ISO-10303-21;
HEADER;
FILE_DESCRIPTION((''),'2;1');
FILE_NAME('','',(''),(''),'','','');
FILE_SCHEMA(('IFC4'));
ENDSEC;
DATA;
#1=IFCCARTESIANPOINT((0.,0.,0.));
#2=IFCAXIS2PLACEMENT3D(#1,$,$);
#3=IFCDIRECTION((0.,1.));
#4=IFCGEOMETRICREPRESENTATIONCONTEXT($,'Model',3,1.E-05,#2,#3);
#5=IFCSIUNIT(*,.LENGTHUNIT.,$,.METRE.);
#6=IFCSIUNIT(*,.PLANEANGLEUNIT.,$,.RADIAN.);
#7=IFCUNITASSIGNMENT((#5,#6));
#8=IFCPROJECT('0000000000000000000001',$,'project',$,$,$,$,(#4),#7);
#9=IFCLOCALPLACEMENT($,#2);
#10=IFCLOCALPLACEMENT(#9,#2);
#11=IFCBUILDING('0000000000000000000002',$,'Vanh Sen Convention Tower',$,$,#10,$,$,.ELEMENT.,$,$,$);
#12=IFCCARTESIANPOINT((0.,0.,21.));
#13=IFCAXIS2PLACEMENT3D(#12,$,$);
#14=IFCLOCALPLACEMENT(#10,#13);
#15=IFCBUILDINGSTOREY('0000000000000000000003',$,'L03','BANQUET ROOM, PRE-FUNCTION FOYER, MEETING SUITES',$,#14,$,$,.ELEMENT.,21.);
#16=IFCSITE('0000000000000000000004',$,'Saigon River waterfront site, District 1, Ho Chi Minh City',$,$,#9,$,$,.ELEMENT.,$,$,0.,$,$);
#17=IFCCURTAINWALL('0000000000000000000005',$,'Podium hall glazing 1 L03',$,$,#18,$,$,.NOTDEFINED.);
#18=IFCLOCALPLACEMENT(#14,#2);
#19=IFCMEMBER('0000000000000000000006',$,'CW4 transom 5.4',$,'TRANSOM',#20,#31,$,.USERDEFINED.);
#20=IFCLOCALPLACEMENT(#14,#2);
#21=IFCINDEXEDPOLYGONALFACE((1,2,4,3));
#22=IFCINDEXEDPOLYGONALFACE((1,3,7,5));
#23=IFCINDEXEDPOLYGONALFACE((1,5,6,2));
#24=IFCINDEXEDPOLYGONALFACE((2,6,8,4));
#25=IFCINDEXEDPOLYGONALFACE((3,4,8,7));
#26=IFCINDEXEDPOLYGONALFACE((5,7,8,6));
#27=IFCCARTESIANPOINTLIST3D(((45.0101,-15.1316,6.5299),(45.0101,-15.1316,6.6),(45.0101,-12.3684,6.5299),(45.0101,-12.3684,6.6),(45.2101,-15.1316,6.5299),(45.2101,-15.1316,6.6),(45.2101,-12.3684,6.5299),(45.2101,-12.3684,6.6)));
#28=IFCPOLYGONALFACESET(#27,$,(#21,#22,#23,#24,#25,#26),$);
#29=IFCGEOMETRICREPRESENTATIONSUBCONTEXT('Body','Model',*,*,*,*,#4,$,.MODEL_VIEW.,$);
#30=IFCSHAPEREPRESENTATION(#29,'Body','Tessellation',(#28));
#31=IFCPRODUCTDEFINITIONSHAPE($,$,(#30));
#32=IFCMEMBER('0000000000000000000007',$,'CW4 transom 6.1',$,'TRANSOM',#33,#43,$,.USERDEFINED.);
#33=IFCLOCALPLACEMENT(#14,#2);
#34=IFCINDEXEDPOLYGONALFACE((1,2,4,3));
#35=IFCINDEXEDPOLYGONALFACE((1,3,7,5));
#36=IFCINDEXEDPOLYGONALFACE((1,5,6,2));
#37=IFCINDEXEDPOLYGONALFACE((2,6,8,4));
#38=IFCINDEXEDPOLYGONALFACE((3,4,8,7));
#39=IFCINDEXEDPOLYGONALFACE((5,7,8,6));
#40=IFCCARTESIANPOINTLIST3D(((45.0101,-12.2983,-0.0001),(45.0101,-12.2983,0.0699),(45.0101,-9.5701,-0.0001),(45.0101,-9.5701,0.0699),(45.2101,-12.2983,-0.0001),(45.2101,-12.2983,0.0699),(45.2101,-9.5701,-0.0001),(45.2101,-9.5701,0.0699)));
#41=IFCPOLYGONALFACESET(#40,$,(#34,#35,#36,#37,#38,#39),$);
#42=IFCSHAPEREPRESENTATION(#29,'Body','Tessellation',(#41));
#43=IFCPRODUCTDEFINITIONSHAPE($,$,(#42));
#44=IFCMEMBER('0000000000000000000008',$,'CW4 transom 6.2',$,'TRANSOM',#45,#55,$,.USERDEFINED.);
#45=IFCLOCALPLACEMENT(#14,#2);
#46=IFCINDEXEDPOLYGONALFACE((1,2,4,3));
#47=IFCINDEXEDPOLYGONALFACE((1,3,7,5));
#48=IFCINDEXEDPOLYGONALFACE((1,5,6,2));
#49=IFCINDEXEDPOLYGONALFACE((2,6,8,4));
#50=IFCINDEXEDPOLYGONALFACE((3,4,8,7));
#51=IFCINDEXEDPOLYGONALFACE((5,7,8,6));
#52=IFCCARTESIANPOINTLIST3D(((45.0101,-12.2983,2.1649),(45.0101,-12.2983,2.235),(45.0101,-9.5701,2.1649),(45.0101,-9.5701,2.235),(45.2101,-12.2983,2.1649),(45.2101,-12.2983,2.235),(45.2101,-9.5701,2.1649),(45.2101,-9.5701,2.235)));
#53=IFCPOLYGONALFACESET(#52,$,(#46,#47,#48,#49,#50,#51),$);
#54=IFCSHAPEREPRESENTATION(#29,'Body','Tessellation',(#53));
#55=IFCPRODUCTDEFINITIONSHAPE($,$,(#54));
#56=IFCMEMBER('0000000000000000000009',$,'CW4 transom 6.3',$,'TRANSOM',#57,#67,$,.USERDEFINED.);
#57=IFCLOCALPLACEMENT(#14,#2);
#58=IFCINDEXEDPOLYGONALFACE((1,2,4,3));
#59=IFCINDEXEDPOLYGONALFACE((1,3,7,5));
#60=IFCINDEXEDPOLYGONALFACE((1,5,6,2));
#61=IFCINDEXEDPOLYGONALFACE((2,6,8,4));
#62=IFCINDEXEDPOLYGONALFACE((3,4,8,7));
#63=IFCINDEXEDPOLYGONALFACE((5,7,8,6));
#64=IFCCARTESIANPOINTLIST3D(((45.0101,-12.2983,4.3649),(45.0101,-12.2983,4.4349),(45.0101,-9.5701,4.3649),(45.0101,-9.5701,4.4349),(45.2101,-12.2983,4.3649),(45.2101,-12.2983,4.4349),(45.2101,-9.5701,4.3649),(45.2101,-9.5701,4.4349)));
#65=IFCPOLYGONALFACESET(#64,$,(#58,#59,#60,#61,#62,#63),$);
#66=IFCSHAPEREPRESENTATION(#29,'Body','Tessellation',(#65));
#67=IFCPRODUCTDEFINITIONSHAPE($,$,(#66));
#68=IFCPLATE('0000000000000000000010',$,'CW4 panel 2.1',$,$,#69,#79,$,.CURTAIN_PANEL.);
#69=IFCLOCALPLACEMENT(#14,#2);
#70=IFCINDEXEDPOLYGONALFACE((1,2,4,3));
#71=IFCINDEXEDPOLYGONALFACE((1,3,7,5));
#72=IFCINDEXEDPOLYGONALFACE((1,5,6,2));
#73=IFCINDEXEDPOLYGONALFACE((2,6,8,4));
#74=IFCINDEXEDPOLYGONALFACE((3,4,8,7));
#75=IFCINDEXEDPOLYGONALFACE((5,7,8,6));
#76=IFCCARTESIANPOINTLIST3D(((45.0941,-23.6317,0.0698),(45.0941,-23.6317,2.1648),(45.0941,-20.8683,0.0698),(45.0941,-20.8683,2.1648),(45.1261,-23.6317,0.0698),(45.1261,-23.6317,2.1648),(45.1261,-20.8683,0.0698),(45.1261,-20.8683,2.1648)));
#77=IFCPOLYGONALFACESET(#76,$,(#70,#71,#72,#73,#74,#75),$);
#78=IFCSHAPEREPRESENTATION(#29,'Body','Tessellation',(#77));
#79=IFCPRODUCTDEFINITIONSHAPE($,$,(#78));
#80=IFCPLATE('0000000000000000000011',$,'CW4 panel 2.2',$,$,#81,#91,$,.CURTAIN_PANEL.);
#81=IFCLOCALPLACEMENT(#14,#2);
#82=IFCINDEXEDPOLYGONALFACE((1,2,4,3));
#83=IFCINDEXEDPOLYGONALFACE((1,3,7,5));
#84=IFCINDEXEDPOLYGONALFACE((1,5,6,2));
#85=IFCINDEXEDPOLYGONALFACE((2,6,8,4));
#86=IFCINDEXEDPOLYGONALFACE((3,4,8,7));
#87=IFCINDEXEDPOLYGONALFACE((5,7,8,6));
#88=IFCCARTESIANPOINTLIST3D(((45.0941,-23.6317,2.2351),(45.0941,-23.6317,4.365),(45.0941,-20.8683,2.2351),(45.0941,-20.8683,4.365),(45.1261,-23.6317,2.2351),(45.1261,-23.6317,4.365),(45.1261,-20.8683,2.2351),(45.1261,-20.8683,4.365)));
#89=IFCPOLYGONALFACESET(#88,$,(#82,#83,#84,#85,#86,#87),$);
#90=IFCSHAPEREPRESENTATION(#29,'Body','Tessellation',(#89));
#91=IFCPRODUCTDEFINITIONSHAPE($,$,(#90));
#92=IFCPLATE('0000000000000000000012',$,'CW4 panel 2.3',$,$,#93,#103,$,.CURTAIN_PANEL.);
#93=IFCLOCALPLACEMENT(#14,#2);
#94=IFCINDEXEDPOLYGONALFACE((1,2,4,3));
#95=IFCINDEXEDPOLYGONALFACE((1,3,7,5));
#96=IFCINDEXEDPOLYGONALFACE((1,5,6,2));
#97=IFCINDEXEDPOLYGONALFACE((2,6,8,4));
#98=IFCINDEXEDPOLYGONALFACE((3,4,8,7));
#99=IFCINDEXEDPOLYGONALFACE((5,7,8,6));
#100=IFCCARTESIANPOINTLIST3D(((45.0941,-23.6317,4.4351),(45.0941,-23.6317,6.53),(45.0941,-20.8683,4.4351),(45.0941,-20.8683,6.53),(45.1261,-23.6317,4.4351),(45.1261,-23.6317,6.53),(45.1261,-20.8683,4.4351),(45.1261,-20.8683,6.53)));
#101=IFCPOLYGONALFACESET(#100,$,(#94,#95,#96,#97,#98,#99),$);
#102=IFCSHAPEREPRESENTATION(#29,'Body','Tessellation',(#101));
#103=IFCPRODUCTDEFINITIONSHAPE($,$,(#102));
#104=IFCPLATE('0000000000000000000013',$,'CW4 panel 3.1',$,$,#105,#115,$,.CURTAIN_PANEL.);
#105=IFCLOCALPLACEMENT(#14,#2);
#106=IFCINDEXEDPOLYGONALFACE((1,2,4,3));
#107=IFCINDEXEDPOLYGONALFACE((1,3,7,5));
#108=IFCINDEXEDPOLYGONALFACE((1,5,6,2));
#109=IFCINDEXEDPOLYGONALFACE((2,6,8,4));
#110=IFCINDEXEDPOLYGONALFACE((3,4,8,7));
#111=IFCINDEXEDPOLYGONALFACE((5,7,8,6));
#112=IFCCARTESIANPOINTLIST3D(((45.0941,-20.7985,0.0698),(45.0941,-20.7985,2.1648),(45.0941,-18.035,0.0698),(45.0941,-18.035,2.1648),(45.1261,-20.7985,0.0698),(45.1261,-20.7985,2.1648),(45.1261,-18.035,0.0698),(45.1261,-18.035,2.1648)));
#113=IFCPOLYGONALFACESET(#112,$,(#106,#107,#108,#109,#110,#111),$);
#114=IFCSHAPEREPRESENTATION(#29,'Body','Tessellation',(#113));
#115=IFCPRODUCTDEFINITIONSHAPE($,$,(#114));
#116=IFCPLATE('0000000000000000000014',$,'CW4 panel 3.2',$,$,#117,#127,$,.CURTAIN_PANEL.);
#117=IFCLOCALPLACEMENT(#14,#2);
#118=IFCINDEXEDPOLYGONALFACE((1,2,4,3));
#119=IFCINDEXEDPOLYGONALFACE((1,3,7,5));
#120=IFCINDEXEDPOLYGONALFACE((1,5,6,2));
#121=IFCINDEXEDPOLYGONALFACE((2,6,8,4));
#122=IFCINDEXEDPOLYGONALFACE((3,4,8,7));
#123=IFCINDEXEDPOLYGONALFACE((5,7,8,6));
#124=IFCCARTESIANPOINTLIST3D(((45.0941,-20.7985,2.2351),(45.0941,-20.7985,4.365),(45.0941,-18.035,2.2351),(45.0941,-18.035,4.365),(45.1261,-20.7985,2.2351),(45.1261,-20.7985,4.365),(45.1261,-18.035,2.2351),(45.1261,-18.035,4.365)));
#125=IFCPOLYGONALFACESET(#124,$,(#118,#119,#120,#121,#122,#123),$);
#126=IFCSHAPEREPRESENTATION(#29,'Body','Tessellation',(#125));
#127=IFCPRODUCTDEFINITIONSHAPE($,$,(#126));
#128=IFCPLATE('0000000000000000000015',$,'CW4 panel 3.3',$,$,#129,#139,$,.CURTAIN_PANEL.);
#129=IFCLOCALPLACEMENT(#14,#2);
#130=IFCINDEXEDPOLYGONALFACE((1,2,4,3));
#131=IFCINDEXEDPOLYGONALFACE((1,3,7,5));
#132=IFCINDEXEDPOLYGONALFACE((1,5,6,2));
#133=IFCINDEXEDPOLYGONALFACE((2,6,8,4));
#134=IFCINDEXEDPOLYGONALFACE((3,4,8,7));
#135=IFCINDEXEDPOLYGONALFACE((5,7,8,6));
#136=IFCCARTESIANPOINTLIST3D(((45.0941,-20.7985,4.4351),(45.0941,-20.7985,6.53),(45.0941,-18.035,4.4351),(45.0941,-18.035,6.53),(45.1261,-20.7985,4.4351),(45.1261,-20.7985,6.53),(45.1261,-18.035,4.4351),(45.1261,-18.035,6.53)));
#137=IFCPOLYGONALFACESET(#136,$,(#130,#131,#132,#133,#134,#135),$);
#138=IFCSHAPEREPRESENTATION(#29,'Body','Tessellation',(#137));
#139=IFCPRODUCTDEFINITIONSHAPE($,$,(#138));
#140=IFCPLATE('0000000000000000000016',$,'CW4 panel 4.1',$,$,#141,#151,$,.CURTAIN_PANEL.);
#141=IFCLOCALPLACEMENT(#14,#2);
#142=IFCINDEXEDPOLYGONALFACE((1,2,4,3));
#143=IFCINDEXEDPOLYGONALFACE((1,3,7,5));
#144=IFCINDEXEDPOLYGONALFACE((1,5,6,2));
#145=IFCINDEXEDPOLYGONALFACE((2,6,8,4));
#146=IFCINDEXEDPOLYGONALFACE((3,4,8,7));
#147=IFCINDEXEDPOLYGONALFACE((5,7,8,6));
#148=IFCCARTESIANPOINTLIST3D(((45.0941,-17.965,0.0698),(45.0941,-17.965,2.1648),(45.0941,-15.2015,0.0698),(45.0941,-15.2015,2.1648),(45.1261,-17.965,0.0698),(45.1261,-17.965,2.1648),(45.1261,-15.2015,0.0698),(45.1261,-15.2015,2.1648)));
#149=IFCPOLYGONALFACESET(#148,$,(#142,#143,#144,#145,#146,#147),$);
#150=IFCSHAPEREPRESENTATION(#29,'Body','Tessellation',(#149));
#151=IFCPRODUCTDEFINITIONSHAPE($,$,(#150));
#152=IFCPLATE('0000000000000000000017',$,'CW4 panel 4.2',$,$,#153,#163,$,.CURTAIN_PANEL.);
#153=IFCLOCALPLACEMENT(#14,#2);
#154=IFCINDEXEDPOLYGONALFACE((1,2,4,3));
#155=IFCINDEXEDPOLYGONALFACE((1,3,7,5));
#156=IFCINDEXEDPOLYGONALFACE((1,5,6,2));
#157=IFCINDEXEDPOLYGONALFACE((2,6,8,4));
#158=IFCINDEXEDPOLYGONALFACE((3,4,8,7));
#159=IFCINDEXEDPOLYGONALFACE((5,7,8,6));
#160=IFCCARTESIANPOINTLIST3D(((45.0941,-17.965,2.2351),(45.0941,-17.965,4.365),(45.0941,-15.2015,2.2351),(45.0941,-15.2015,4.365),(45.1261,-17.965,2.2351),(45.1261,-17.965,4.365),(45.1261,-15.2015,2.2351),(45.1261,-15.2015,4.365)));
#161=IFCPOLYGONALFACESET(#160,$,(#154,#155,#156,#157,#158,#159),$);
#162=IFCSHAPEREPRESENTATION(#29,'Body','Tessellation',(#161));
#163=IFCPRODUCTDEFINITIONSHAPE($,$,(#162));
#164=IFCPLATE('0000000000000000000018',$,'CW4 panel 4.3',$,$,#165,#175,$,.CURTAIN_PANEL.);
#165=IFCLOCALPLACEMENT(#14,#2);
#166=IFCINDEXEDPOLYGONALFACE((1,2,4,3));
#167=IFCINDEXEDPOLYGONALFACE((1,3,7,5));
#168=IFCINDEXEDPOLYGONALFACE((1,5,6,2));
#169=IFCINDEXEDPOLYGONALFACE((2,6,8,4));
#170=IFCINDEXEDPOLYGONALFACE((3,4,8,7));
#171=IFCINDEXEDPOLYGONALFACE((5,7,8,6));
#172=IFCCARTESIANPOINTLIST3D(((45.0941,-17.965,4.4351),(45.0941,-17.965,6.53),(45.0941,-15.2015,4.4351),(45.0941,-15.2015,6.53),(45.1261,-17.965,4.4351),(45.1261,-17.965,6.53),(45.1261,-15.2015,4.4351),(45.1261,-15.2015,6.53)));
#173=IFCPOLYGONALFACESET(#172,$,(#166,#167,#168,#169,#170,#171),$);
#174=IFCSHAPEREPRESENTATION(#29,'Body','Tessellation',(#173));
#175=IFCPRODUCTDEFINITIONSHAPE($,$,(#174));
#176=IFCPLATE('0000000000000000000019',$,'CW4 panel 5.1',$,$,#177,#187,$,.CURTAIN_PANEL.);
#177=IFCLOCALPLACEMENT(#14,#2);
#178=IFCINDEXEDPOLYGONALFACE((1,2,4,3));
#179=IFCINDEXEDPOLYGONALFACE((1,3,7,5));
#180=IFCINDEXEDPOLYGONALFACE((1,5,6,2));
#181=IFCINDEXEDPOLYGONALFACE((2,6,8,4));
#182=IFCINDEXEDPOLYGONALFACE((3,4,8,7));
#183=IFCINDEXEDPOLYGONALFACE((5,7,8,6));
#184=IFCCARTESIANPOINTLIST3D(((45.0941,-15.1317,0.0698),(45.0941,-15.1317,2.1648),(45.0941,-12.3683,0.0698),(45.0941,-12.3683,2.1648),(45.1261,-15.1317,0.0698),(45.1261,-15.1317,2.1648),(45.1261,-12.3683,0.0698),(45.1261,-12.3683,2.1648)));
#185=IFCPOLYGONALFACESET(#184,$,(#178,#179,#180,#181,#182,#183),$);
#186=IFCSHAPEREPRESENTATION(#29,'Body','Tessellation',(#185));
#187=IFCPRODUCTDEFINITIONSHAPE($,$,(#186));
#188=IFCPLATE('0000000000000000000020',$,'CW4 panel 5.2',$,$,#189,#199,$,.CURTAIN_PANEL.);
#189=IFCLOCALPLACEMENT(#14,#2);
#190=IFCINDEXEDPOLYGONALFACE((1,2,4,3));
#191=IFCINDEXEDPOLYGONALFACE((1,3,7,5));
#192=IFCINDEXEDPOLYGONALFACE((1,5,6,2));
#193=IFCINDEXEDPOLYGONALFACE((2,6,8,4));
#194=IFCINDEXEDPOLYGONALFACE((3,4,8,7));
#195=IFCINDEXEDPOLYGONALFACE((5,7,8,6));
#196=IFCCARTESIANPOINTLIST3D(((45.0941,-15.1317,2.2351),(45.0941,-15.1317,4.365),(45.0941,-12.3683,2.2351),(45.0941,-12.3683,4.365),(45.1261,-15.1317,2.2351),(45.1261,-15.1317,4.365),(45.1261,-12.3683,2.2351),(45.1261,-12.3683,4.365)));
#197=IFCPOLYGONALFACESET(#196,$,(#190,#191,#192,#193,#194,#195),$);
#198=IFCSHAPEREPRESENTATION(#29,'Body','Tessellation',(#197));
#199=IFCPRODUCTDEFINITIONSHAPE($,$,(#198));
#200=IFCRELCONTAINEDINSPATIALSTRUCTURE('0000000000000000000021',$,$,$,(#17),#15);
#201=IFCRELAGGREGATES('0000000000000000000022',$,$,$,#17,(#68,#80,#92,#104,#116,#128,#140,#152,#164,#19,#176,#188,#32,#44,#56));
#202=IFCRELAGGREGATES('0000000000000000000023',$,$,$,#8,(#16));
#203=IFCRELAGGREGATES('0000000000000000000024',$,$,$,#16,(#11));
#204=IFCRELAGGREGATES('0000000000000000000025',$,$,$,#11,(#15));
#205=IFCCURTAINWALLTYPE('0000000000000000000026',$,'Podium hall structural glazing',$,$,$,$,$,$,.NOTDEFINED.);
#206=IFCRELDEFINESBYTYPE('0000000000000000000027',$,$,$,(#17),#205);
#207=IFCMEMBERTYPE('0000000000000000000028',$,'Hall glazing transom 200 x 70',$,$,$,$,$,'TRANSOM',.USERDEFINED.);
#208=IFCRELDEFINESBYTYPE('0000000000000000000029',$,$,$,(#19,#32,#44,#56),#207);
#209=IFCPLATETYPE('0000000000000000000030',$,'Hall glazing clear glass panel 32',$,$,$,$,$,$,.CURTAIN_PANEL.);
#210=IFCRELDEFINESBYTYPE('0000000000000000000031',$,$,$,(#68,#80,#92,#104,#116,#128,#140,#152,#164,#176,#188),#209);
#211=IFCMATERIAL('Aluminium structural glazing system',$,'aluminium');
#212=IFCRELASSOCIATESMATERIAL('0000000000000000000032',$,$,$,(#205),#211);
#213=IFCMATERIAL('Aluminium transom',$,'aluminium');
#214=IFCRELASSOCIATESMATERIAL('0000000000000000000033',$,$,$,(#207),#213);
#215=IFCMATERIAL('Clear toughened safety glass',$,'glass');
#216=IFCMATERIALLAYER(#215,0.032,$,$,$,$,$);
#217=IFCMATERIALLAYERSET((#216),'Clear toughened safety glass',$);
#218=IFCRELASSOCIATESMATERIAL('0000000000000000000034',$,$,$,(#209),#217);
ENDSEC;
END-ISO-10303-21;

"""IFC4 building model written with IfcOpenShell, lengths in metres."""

from ifc_helpers import new_model, si_unit, direction, frame, origin, origin_2d, place, context, subcontext, project, spatial, rectangle, extrude, material, layer, layer_set, material_profile, profile_set, type_object, element, aggregate, save


model = new_model("IFC4")

# Units and contexts
model_context = context("Model", 3, precision=1e-05, world=origin(), true_north=direction((0.0, 1.0)))
body_context = subcontext(model_context, "Body", "Model", "MODEL_VIEW")
ifc_project = project(units=[si_unit("LENGTHUNIT", "METRE"), si_unit("PLANEANGLEUNIT", "RADIAN")], contexts=[model_context])

# Site, building, storey
site_placement = place(None, origin())
site = spatial("IfcSite", under=ifc_project, at=site_placement, Name="Saigon River waterfront site, District 1, Ho Chi Minh City", CompositionType="ELEMENT", RefElevation=0.0)
building_placement = place(site_placement, origin())
building = spatial("IfcBuilding", under=site, at=building_placement, Name="Vanh Sen Convention Tower", CompositionType="ELEMENT")
storey_placement = place(building_placement, frame((0.0, 0.0, 21.0)))
storey = spatial("IfcBuildingStorey", under=building, at=storey_placement, Name="L03", Description="BANQUET ROOM, PRE-FUNCTION FOYER, MEETING SUITES", CompositionType="ELEMENT", Elevation=21.0)

# Curtain wall, members, plates
ifc_material_1 = material(Name="Aluminium structural glazing system", Category="aluminium")
curtain_wall_type = type_object("IfcCurtainWallType", Name="Podium hall structural glazing", PredefinedType="NOTDEFINED", material=ifc_material_1)
curtain_wall_placement = place(storey_placement, origin())
curtain_wall = element("IfcCurtainWall", 1, at=curtain_wall_placement, inside=storey, type_object=curtain_wall_type, Name="Podium hall glazing 1 L03", PredefinedType="NOTDEFINED")
ifc_material_2 = material(Name="Aluminium transom", Category="aluminium")
ifc_material_profile_1 = material_profile(ifc_material_2, rectangle(XDim=0.2, YDim=0.0701, at=origin_2d()), Name="Hall glazing transom 200 x 70")
ifc_profile_set_1 = profile_set([ifc_material_profile_1], Name="Aluminium transom")
member_type_1 = type_object("IfcMemberType", Name="Hall glazing transom 200 x 70", ElementType="TRANSOM", PredefinedType="USERDEFINED", material=ifc_profile_set_1)
member_1_placement = place(storey_placement, frame((45.1101, -15.1316, 6.5649), z_axis=(0.0, 1.0, 0.0), x_axis=(-1.0, 0.0, 0.0)))
member_1 = element("IfcMember", 2, at=member_1_placement, type_object=member_type_1, Name="CW4 transom 5.4", ObjectType="TRANSOM", PredefinedType="USERDEFINED", context=body_context, shape_type="SweptSolid", body=[
    extrude(rectangle(XDim=0.2, YDim=0.0701, at=origin_2d()), origin(), (0.0, 0.0, 1.0), 2.7632),
])
member_2_placement = place(storey_placement, frame((45.1101, -12.2983, 0.0349), z_axis=(0.0, 1.0, 0.0), x_axis=(-1.0, 0.0, 0.0)))
member_2 = element("IfcMember", 3, at=member_2_placement, type_object=member_type_1, Name="CW4 transom 6.1", ObjectType="TRANSOM", PredefinedType="USERDEFINED", context=body_context, shape_type="SweptSolid", body=[
    extrude(rectangle(XDim=0.2, YDim=0.0701, at=origin_2d()), origin(), (0.0, 0.0, 1.0), 2.7283),
])
member_3_placement = place(storey_placement, frame((45.1101, -12.2983, 2.2), z_axis=(0.0, 1.0, 0.0), x_axis=(-1.0, 0.0, 0.0)))
member_3 = element("IfcMember", 4, at=member_3_placement, type_object=member_type_1, Name="CW4 transom 6.2", ObjectType="TRANSOM", PredefinedType="USERDEFINED", context=body_context, shape_type="SweptSolid", body=[
    extrude(rectangle(XDim=0.2, YDim=0.0701, at=origin_2d()), origin(), (0.0, 0.0, 1.0), 2.7283),
])
member_4_placement = place(storey_placement, frame((45.1101, -12.2983, 4.3999), z_axis=(0.0, 1.0, 0.0), x_axis=(-1.0, 0.0, 0.0)))
member_4 = element("IfcMember", 5, at=member_4_placement, type_object=member_type_1, Name="CW4 transom 6.3", ObjectType="TRANSOM", PredefinedType="USERDEFINED", context=body_context, shape_type="SweptSolid", body=[
    extrude(rectangle(XDim=0.2, YDim=0.0701, at=origin_2d()), origin(), (0.0, 0.0, 1.0), 2.7283),
])
ifc_material_3 = material(Name="Clear toughened safety glass", Category="glass")
ifc_layer = layer(ifc_material_3, 0.032)
ifc_layer_set = layer_set([ifc_layer], Name="Clear toughened safety glass")
plate_type = type_object("IfcPlateType", Name="Hall glazing clear glass panel 32", PredefinedType="CURTAIN_PANEL", material=ifc_layer_set)
plate_1_placement = place(storey_placement, frame((45.1101, -22.25, 0.0698), z_axis=(0.0, 0.0, 1.0), x_axis=(0.0, 1.0, 0.0)))
plate_1 = element("IfcPlate", 6, at=plate_1_placement, type_object=plate_type, Name="CW4 panel 2.1", PredefinedType="CURTAIN_PANEL", context=body_context, shape_type="SweptSolid", body=[
    extrude(rectangle(XDim=2.7634, YDim=0.032, at=origin_2d()), origin(), (0.0, 0.0, 1.0), 2.095),
])
plate_2_placement = place(storey_placement, frame((45.1101, -22.25, 2.2351), z_axis=(0.0, 0.0, 1.0), x_axis=(0.0, 1.0, 0.0)))
plate_2 = element("IfcPlate", 7, at=plate_2_placement, type_object=plate_type, Name="CW4 panel 2.2", PredefinedType="CURTAIN_PANEL", context=body_context, shape_type="SweptSolid", body=[
    extrude(rectangle(XDim=2.7634, YDim=0.032, at=origin_2d()), origin(), (0.0, 0.0, 1.0), 2.1299),
])
plate_3_placement = place(storey_placement, frame((45.1101, -22.25, 4.4351), z_axis=(0.0, 0.0, 1.0), x_axis=(0.0, 1.0, 0.0)))
plate_3 = element("IfcPlate", 8, at=plate_3_placement, type_object=plate_type, Name="CW4 panel 2.3", PredefinedType="CURTAIN_PANEL", context=body_context, shape_type="SweptSolid", body=[
    extrude(rectangle(XDim=2.7634, YDim=0.032, at=origin_2d()), origin(), (0.0, 0.0, 1.0), 2.095),
])
plate_4_placement = place(storey_placement, frame((45.1101, -19.4167, 0.0698), z_axis=(0.0, 0.0, 1.0), x_axis=(0.0, 1.0, 0.0)))
plate_4 = element("IfcPlate", 9, at=plate_4_placement, type_object=plate_type, Name="CW4 panel 3.1", PredefinedType="CURTAIN_PANEL", context=body_context, shape_type="SweptSolid", body=[
    extrude(rectangle(XDim=2.7634, YDim=0.032, at=origin_2d()), origin(), (0.0, 0.0, 1.0), 2.095),
])
plate_5_placement = place(storey_placement, frame((45.1101, -19.4167, 2.2351), z_axis=(0.0, 0.0, 1.0), x_axis=(0.0, 1.0, 0.0)))
plate_5 = element("IfcPlate", 10, at=plate_5_placement, type_object=plate_type, Name="CW4 panel 3.2", PredefinedType="CURTAIN_PANEL", context=body_context, shape_type="SweptSolid", body=[
    extrude(rectangle(XDim=2.7634, YDim=0.032, at=origin_2d()), origin(), (0.0, 0.0, 1.0), 2.1299),
])
plate_6_placement = place(storey_placement, frame((45.1101, -19.4167, 4.4351), z_axis=(0.0, 0.0, 1.0), x_axis=(0.0, 1.0, 0.0)))
plate_6 = element("IfcPlate", 11, at=plate_6_placement, type_object=plate_type, Name="CW4 panel 3.3", PredefinedType="CURTAIN_PANEL", context=body_context, shape_type="SweptSolid", body=[
    extrude(rectangle(XDim=2.7634, YDim=0.032, at=origin_2d()), origin(), (0.0, 0.0, 1.0), 2.095),
])
plate_7_placement = place(storey_placement, frame((45.1101, -16.5833, 0.0698), z_axis=(0.0, 0.0, 1.0), x_axis=(0.0, 1.0, 0.0)))
plate_7 = element("IfcPlate", 12, at=plate_7_placement, type_object=plate_type, Name="CW4 panel 4.1", PredefinedType="CURTAIN_PANEL", context=body_context, shape_type="SweptSolid", body=[
    extrude(rectangle(XDim=2.7634, YDim=0.032, at=origin_2d()), origin(), (0.0, 0.0, 1.0), 2.095),
])
plate_8_placement = place(storey_placement, frame((45.1101, -16.5833, 2.2351), z_axis=(0.0, 0.0, 1.0), x_axis=(0.0, 1.0, 0.0)))
plate_8 = element("IfcPlate", 13, at=plate_8_placement, type_object=plate_type, Name="CW4 panel 4.2", PredefinedType="CURTAIN_PANEL", context=body_context, shape_type="SweptSolid", body=[
    extrude(rectangle(XDim=2.7634, YDim=0.032, at=origin_2d()), origin(), (0.0, 0.0, 1.0), 2.1299),
])
plate_9_placement = place(storey_placement, frame((45.1101, -16.5833, 4.4351), z_axis=(0.0, 0.0, 1.0), x_axis=(0.0, 1.0, 0.0)))
plate_9 = element("IfcPlate", 14, at=plate_9_placement, type_object=plate_type, Name="CW4 panel 4.3", PredefinedType="CURTAIN_PANEL", context=body_context, shape_type="SweptSolid", body=[
    extrude(rectangle(XDim=2.7634, YDim=0.032, at=origin_2d()), origin(), (0.0, 0.0, 1.0), 2.095),
])
plate_10_placement = place(storey_placement, frame((45.1101, -13.75, 0.0698), z_axis=(0.0, 0.0, 1.0), x_axis=(0.0, 1.0, 0.0)))
plate_10 = element("IfcPlate", 15, at=plate_10_placement, type_object=plate_type, Name="CW4 panel 5.1", PredefinedType="CURTAIN_PANEL", context=body_context, shape_type="SweptSolid", body=[
    extrude(rectangle(XDim=2.7634, YDim=0.032, at=origin_2d()), origin(), (0.0, 0.0, 1.0), 2.095),
])
plate_11_placement = place(storey_placement, frame((45.1101, -13.75, 2.2351), z_axis=(0.0, 0.0, 1.0), x_axis=(0.0, 1.0, 0.0)))
plate_11 = element("IfcPlate", 16, at=plate_11_placement, type_object=plate_type, Name="CW4 panel 5.2", PredefinedType="CURTAIN_PANEL", context=body_context, shape_type="SweptSolid", body=[
    extrude(rectangle(XDim=2.7634, YDim=0.032, at=origin_2d()), origin(), (0.0, 0.0, 1.0), 2.1299),
])
aggregate(curtain_wall, [plate_1, plate_2, plate_3, plate_4, plate_5, plate_6, plate_7, plate_8, plate_9, member_1, plate_10, plate_11, member_2, member_3, member_4])

save(model, "model.ifc")
